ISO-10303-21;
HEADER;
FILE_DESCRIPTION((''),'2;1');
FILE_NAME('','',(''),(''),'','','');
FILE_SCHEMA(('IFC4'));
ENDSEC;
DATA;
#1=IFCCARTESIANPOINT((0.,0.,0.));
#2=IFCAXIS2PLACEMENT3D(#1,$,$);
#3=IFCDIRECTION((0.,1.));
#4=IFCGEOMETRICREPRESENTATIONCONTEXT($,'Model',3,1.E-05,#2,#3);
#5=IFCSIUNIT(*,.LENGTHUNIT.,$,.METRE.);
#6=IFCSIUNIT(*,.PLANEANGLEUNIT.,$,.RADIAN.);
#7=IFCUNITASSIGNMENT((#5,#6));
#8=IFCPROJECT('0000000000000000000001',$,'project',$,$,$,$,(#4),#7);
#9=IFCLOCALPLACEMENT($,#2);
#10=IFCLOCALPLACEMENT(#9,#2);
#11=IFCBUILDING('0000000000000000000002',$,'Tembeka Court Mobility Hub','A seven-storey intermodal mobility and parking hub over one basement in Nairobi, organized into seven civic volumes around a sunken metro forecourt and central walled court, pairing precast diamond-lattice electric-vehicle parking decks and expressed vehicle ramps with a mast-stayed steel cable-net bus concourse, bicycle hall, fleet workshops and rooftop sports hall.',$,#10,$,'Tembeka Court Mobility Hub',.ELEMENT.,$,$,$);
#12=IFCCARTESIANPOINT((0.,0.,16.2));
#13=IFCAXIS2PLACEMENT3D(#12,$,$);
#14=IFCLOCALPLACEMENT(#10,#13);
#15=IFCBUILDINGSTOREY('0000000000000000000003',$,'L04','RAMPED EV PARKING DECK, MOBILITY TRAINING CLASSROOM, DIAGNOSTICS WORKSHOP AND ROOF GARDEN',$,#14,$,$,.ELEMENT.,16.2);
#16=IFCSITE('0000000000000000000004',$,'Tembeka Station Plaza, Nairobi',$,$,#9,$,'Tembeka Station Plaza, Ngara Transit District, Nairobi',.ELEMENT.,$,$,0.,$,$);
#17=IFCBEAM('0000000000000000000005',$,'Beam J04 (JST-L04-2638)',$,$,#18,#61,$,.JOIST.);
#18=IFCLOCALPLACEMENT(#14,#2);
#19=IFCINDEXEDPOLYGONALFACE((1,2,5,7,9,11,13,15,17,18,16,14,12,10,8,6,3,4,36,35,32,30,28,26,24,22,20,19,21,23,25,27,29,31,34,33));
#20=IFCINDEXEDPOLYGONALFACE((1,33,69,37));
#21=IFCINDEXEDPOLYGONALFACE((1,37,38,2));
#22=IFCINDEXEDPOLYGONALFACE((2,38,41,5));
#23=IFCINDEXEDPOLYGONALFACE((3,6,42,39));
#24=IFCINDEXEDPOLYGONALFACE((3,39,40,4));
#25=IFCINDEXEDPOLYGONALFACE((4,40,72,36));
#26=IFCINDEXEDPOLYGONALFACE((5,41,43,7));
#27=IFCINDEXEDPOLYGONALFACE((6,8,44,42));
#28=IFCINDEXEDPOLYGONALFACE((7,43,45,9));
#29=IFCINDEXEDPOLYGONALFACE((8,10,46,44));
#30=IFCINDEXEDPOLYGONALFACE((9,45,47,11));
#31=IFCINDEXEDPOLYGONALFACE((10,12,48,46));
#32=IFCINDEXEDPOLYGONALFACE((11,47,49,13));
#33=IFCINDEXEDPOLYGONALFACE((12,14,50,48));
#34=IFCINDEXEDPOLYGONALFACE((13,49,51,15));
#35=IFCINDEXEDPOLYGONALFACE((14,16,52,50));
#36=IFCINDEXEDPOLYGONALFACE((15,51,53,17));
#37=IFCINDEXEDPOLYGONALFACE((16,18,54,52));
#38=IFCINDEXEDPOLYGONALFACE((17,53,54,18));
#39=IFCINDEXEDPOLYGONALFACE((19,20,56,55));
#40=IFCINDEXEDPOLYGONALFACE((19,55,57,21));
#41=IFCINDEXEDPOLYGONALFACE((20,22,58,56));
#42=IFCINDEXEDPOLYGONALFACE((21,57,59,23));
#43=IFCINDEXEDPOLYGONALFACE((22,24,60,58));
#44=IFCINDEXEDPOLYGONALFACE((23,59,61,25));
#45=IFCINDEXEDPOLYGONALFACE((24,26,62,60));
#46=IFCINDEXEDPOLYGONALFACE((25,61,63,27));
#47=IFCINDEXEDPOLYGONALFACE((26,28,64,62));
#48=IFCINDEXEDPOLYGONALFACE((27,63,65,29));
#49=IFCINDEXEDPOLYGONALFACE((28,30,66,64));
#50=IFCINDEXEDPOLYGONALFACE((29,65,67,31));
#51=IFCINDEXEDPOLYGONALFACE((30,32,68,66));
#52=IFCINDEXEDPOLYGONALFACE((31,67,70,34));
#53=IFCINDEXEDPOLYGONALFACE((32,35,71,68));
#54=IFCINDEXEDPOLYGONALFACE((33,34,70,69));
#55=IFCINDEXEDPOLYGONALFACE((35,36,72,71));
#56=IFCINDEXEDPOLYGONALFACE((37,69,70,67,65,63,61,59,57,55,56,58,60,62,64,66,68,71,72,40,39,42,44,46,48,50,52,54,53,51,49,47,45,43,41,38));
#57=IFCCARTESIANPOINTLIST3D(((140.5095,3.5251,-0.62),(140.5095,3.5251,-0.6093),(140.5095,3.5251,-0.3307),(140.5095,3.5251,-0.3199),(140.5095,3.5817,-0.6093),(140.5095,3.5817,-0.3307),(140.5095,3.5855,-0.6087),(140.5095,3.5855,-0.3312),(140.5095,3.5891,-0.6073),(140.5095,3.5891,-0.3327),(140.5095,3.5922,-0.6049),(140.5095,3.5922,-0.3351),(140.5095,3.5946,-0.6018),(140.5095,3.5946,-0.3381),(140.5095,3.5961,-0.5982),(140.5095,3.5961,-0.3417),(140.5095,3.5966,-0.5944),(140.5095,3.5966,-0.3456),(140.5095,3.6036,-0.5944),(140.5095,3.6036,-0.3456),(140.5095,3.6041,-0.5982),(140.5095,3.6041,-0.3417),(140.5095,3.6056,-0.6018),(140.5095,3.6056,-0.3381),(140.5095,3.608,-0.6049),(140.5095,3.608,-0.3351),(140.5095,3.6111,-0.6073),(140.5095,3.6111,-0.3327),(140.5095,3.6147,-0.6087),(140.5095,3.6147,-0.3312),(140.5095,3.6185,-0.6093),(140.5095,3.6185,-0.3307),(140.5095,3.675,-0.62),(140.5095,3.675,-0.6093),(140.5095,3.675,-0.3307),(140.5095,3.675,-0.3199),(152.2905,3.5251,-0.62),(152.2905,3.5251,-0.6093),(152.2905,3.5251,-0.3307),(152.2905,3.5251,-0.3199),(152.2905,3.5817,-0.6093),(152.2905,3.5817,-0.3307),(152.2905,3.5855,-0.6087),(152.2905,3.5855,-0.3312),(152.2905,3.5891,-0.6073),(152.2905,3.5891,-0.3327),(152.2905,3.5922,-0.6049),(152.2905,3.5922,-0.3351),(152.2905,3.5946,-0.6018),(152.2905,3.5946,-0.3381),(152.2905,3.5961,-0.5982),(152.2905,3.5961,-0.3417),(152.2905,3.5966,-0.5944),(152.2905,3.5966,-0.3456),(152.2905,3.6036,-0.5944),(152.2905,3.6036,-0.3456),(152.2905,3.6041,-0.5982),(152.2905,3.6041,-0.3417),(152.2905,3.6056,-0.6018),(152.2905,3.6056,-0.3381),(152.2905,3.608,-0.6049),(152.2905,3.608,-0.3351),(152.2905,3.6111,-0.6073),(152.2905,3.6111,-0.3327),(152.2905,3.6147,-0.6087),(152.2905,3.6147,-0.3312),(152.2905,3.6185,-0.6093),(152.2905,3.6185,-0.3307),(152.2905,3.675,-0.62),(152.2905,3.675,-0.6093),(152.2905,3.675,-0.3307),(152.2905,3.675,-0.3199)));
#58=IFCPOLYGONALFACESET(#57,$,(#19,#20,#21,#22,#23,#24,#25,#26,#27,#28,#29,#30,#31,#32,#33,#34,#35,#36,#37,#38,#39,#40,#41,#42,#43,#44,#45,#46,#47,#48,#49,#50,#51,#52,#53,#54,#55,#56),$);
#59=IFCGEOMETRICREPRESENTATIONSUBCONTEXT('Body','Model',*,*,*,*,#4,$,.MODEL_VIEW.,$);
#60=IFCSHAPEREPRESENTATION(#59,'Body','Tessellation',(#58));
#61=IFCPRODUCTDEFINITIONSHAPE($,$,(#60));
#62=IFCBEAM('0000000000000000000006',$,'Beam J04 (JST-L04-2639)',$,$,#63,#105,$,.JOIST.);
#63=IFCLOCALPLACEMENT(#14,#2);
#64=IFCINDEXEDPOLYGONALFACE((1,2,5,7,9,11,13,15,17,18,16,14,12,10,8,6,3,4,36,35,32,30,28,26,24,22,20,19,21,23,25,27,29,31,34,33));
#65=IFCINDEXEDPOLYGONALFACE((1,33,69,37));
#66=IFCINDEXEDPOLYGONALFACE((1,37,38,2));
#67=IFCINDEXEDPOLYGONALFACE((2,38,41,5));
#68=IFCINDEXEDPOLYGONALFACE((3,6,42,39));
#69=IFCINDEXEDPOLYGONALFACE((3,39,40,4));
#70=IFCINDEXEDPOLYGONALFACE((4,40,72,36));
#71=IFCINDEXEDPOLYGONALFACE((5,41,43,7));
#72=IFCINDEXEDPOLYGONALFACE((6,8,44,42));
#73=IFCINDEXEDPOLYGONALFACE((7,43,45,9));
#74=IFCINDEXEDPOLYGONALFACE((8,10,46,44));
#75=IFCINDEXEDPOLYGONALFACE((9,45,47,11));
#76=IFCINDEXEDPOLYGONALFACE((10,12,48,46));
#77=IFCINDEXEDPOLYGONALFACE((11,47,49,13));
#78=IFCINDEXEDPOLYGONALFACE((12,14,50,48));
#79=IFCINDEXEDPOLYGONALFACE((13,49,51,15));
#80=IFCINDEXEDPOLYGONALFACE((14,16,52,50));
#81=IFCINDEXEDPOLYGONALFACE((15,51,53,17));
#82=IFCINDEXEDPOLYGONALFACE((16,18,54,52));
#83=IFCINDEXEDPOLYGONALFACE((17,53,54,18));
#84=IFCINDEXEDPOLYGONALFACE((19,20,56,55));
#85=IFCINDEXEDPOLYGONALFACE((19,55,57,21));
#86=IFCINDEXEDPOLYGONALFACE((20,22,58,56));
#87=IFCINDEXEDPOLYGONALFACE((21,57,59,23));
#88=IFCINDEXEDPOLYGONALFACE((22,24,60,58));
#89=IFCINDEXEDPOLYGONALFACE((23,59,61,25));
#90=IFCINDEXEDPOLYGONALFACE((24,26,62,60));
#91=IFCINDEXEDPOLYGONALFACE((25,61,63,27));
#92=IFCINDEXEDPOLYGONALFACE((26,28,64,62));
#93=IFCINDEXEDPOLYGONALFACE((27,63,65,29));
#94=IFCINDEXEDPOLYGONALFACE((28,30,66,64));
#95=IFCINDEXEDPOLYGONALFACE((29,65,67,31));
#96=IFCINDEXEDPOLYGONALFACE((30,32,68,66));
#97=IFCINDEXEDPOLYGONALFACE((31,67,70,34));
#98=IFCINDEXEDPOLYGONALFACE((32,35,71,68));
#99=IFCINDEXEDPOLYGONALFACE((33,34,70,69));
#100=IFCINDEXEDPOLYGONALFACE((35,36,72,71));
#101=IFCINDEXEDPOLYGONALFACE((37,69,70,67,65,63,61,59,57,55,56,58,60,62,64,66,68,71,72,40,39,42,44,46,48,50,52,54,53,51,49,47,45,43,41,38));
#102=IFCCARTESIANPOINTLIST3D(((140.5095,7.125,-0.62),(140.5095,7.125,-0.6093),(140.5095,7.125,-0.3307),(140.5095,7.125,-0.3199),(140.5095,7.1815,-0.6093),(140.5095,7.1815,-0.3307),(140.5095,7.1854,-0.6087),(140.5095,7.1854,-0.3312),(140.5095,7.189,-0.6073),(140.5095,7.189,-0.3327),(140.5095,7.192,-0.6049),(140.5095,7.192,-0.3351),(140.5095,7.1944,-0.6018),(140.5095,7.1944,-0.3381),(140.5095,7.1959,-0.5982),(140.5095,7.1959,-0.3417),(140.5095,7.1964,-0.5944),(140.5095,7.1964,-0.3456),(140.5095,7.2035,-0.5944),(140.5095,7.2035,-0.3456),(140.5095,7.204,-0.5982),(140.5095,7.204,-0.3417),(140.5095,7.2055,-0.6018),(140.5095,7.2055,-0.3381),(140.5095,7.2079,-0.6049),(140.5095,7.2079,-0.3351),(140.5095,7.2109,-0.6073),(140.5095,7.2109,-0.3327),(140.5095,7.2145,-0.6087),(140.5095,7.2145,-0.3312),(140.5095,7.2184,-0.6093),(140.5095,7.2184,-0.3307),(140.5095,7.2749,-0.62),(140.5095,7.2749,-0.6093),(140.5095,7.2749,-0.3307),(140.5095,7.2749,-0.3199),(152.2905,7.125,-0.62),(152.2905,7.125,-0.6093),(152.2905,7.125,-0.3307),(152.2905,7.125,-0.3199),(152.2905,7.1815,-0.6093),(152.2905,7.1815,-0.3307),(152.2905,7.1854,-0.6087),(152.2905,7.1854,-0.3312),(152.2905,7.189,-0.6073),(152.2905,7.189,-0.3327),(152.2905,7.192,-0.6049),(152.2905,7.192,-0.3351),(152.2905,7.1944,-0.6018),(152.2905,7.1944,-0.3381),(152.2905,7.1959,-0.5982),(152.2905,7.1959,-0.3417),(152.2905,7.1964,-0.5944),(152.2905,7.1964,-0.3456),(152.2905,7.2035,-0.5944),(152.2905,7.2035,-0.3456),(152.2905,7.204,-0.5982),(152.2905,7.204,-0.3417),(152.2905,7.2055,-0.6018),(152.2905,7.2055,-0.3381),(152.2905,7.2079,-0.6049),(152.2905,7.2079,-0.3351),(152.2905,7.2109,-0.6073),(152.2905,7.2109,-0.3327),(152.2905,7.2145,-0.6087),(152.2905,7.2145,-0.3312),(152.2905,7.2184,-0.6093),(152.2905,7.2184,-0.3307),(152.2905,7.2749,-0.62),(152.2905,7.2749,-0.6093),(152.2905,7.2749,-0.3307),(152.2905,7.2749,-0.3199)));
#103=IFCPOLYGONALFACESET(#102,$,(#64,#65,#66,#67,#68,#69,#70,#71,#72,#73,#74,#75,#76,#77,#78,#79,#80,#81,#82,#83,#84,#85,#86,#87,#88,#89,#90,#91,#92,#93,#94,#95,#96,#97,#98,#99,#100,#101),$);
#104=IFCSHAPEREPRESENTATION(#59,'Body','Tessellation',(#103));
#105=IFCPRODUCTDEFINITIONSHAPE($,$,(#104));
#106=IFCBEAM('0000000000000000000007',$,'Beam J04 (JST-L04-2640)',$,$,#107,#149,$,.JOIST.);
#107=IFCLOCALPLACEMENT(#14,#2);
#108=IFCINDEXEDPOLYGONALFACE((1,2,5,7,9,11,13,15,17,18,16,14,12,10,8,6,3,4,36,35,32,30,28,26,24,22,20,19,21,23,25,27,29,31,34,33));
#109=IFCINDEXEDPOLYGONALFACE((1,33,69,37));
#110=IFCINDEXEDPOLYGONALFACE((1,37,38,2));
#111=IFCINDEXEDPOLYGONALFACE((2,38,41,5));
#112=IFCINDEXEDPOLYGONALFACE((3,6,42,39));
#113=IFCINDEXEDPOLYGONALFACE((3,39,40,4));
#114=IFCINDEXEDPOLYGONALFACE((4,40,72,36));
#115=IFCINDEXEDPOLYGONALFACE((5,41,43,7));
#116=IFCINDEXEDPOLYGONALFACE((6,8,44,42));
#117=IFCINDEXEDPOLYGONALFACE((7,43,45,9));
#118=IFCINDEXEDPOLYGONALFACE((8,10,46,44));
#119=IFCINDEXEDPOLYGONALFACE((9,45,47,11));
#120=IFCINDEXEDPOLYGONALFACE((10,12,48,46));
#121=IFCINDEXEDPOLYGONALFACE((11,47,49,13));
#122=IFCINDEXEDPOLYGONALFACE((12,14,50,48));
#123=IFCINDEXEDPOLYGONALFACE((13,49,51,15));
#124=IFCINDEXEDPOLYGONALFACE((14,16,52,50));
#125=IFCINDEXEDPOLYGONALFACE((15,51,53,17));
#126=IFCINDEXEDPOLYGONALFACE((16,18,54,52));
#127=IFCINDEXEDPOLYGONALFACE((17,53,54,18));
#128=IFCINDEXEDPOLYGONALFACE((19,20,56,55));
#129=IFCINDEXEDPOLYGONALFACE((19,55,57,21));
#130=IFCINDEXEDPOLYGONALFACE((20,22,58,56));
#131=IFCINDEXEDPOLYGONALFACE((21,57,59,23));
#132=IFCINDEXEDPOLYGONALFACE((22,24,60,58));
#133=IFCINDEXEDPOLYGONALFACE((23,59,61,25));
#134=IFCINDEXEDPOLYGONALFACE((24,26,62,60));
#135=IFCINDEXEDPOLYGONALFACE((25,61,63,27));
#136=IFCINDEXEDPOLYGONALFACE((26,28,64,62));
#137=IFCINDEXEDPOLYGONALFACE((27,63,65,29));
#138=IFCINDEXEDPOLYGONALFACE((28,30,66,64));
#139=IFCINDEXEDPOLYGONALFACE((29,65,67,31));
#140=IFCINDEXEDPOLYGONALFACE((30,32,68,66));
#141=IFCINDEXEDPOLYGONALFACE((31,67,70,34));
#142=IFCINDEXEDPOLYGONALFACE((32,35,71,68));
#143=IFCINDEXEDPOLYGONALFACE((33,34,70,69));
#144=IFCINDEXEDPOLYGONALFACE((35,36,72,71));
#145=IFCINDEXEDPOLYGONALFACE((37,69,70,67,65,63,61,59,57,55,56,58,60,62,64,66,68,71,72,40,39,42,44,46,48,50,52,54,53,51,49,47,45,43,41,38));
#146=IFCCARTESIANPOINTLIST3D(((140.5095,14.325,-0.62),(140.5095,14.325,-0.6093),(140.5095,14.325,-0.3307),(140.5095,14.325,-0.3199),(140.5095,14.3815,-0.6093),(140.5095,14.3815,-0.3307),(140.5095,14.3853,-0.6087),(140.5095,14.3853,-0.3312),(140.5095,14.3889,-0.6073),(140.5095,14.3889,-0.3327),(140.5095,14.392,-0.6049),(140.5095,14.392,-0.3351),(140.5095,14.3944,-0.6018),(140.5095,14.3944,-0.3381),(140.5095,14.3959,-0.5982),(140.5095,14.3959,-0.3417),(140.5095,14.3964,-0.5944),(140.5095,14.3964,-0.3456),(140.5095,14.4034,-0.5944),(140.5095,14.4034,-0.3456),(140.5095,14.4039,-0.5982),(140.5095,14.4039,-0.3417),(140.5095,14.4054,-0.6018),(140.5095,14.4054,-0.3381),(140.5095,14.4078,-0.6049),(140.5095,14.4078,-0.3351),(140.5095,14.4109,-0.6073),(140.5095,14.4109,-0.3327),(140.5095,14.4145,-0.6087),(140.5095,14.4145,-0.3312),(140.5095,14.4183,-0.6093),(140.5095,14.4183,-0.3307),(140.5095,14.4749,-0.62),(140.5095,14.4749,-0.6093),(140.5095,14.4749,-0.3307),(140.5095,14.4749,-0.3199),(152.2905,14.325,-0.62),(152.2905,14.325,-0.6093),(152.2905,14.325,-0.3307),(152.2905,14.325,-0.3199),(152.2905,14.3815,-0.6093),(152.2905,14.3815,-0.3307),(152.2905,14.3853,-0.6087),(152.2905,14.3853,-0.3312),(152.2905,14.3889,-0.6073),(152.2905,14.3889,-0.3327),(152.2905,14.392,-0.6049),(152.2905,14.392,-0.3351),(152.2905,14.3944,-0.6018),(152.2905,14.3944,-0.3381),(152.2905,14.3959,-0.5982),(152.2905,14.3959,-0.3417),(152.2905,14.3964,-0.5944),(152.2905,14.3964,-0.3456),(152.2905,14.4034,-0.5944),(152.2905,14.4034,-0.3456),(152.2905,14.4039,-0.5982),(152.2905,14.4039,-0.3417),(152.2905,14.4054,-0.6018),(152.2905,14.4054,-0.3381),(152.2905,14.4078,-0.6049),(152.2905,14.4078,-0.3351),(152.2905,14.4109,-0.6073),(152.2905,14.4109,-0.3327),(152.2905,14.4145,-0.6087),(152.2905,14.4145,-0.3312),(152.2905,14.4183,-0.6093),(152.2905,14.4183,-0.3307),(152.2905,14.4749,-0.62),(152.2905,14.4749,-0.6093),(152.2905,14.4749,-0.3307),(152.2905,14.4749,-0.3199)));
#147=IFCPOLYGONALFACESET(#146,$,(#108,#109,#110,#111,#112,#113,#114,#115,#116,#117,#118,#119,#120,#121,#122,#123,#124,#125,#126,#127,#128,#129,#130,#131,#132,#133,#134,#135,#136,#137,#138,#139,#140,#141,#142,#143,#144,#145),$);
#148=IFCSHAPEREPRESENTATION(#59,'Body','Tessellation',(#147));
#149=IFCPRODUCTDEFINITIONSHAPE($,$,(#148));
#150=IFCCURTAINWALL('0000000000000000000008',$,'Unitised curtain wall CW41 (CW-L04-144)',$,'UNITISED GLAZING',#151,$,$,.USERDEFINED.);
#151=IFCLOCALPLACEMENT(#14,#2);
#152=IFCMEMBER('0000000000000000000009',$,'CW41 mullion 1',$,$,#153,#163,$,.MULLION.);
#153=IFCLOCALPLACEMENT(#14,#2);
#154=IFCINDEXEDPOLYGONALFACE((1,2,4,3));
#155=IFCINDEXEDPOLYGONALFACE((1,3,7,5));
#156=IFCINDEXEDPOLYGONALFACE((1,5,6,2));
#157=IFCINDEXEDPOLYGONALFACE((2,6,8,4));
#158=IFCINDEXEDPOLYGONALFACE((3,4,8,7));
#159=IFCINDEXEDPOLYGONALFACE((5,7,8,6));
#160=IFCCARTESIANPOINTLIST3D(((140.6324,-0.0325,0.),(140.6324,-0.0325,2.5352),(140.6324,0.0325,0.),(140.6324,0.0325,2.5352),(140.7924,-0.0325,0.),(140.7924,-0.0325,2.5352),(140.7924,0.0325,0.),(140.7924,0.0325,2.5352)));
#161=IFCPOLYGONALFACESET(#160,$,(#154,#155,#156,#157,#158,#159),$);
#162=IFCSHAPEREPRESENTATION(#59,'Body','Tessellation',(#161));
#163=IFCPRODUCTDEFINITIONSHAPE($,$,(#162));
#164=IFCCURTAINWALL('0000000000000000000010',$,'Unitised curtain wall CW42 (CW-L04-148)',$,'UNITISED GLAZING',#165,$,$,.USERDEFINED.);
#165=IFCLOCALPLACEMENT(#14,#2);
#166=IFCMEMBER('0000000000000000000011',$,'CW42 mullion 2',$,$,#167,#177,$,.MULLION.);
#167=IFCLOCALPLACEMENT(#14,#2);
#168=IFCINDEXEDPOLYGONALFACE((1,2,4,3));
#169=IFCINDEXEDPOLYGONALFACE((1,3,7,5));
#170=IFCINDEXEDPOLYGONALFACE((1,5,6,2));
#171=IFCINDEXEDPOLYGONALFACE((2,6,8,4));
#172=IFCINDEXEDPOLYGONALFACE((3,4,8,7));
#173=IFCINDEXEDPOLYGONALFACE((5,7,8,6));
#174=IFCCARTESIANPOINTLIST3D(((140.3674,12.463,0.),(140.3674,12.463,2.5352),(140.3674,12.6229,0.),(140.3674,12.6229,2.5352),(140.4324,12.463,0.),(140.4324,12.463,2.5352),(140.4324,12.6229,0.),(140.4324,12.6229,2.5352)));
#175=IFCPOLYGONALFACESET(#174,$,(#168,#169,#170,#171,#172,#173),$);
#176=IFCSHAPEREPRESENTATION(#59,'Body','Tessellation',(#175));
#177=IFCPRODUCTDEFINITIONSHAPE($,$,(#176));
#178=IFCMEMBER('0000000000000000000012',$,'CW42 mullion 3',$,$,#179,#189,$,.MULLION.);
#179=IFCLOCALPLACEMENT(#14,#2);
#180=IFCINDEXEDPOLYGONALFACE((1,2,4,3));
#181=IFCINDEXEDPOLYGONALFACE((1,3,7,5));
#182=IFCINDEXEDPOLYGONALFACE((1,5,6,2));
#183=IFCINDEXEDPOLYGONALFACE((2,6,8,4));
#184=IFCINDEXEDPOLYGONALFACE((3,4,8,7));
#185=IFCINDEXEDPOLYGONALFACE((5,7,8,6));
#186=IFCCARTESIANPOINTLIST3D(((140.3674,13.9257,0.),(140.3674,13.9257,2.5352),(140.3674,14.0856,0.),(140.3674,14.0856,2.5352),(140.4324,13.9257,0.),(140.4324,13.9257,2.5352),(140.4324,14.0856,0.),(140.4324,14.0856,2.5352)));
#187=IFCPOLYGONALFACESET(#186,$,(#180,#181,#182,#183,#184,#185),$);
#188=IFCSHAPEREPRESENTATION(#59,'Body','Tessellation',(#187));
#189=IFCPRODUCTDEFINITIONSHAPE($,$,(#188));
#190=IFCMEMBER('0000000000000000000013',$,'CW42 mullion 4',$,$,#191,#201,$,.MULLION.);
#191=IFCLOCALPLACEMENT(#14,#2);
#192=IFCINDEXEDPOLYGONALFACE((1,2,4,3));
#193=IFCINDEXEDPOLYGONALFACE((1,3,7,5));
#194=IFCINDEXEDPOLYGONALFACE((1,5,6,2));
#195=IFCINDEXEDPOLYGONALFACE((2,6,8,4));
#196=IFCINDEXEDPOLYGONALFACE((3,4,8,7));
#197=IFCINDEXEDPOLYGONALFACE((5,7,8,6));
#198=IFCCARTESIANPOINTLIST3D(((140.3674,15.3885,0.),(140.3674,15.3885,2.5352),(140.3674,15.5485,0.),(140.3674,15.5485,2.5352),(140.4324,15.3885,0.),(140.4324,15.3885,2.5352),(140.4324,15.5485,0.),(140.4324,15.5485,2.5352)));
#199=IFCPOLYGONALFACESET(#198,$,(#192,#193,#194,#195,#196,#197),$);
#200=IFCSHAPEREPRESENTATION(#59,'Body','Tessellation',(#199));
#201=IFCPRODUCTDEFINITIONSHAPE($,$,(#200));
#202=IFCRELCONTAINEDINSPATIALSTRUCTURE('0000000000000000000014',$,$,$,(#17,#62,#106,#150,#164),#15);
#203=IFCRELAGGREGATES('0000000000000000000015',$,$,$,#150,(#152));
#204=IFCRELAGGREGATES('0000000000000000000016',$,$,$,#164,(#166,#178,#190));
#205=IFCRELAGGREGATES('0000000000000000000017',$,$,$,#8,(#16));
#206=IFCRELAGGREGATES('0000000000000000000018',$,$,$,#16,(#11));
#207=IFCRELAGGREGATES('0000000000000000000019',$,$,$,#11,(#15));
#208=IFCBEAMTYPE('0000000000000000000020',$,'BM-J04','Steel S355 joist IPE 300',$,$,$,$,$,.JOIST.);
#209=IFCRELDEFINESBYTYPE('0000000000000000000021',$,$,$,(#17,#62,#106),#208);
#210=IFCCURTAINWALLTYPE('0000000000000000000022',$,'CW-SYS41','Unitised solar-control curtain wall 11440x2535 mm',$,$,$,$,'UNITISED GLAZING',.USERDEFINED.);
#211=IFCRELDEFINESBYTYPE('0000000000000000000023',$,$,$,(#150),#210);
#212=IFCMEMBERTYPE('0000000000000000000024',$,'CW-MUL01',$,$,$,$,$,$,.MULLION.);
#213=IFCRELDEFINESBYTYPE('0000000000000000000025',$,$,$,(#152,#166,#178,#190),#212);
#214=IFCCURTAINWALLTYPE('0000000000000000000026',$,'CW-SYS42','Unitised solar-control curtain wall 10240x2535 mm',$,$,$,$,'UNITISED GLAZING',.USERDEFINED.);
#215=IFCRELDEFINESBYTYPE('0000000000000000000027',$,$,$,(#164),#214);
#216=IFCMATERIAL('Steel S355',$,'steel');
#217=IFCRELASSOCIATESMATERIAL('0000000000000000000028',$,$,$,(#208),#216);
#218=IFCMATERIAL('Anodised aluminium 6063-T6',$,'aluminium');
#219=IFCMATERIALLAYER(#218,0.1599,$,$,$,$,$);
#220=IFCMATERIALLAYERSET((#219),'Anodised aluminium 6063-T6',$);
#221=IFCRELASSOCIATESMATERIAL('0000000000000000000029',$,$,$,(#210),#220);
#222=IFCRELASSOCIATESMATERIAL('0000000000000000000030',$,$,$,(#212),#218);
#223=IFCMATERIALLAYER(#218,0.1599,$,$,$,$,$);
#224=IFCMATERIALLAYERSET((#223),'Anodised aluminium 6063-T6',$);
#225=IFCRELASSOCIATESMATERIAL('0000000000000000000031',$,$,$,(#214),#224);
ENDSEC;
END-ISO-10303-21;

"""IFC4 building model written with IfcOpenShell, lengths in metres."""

from ifc_helpers import new_model, si_unit, direction, frame, origin, origin_2d, place, context, subcontext, project, spatial, rectangle, i_section, extrude, material, layer, layer_set, material_profile, profile_set, type_object, element, aggregate, save


model = new_model("IFC4")

# Units and contexts
model_context = context("Model", 3, precision=1e-05, world=origin(), true_north=direction((0.0, 1.0)))
body_context = subcontext(model_context, "Body", "Model", "MODEL_VIEW")
ifc_project = project(units=[si_unit("LENGTHUNIT", "METRE"), si_unit("PLANEANGLEUNIT", "RADIAN")], contexts=[model_context])

# Site, building, storey
site_placement = place(None, origin())
site = spatial("IfcSite", under=ifc_project, at=site_placement, Name="Tembeka Station Plaza, Nairobi", LongName="Tembeka Station Plaza, Ngara Transit District, Nairobi", CompositionType="ELEMENT", RefElevation=0.0)
building_placement = place(site_placement, origin())
building = spatial("IfcBuilding", under=site, at=building_placement, Name="Tembeka Court Mobility Hub", Description="A seven-storey intermodal mobility and parking hub over one basement in Nairobi, organized into seven civic volumes around a sunken metro forecourt and central walled court, pairing precast diamond-lattice electric-vehicle parking decks and expressed vehicle ramps with a mast-stayed steel cable-net bus concourse, bicycle hall, fleet workshops and rooftop sports hall.", LongName="Tembeka Court Mobility Hub", CompositionType="ELEMENT")
storey_placement = place(building_placement, frame((0.0, 0.0, 16.2)))
storey = spatial("IfcBuildingStorey", under=building, at=storey_placement, Name="L04", Description="RAMPED EV PARKING DECK, MOBILITY TRAINING CLASSROOM, DIAGNOSTICS WORKSHOP AND ROOF GARDEN", CompositionType="ELEMENT", Elevation=16.2)

# Beams
ifc_material_1 = material(Name="Steel S355", Category="steel")
ifc_material_profile_1 = material_profile(ifc_material_1, i_section(OverallWidth=0.1499, OverallDepth=0.3, WebThickness=0.0071, FlangeThickness=0.0107, FilletRadius=0.0149, at=origin_2d()), Name="IPE 300")
ifc_profile_set_1 = profile_set([ifc_material_profile_1], Name="Steel S355")
beam_type = type_object("IfcBeamType", Name="BM-J04", Description="Steel S355 joist IPE 300", PredefinedType="JOIST", material=ifc_profile_set_1)
for number, where, z_axis, x_axis, name in (
    (1, (140.5095, 3.6001, -0.47), (1.0, 0.0, 0.0), (0.0, 1.0, 0.0), "Beam J04 (JST-L04-2638)"),
    (2, (140.5095, 7.2, -0.47), (1.0, 0.0, 0.0), (0.0, 1.0, 0.0), "Beam J04 (JST-L04-2639)"),
    (3, (140.5095, 14.3999, -0.47), (1.0, 0.0, 0.0), (0.0, 1.0, 0.0), "Beam J04 (JST-L04-2640)"),
):
    element("IfcBeam", number, at=place(storey_placement, frame(where, z_axis=z_axis, x_axis=x_axis)), inside=storey, type_object=beam_type, Name=name, PredefinedType="JOIST", context=body_context, shape_type="SweptSolid", body=[
        extrude(i_section(OverallWidth=0.1499, OverallDepth=0.3, WebThickness=0.0071, FlangeThickness=0.0107, FilletRadius=0.0149, at=origin_2d()), origin(), (0.0, 0.0, 1.0), 11.781),
    ])

# Curtain wall, member
ifc_material_2 = material(Name="Anodised aluminium 6063-T6", Category="aluminium")
ifc_layer_1 = layer(ifc_material_2, 0.1599)
ifc_layer_set_1 = layer_set([ifc_layer_1], Name="Anodised aluminium 6063-T6")
curtain_wall_type_1 = type_object("IfcCurtainWallType", Name="CW-SYS41", Description="Unitised solar-control curtain wall 11440x2535 mm", ElementType="UNITISED GLAZING", PredefinedType="USERDEFINED", material=ifc_layer_set_1)
curtain_wall_1_placement = place(storey_placement, origin())
curtain_wall_1 = element("IfcCurtainWall", 4, at=curtain_wall_1_placement, inside=storey, type_object=curtain_wall_type_1, Name="Unitised curtain wall CW41 (CW-L04-144)", ObjectType="UNITISED GLAZING", PredefinedType="USERDEFINED")
ifc_material_profile_2 = material_profile(ifc_material_2, rectangle(XDim=0.0649, YDim=0.1599, at=origin_2d()), Name="ALU-MUL 65x160")
ifc_profile_set_2 = profile_set([ifc_material_profile_2], Name="Anodised aluminium 6063-T6")
member_type_1 = type_object("IfcMemberType", Name="CW-MUL01", PredefinedType="MULLION", material=ifc_profile_set_2)
member_1_placement = place(storey_placement, frame((140.7124, 0.0, 0.0), z_axis=(0.0, 0.0, 1.0), x_axis=(0.0, 1.0, 0.0)))
member_1 = element("IfcMember", 5, at=member_1_placement, type_object=member_type_1, Name="CW41 mullion 1", PredefinedType="MULLION", context=body_context, shape_type="SweptSolid", body=[
    extrude(rectangle(XDim=0.0649, YDim=0.1599, at=origin_2d()), origin(), (0.0, 0.0, 1.0), 2.5352),
])

# Curtain wall, members
ifc_layer_2 = layer(ifc_material_2, 0.1599)
ifc_layer_set_2 = layer_set([ifc_layer_2], Name="Anodised aluminium 6063-T6")
curtain_wall_type_2 = type_object("IfcCurtainWallType", Name="CW-SYS42", Description="Unitised solar-control curtain wall 10240x2535 mm", ElementType="UNITISED GLAZING", PredefinedType="USERDEFINED", material=ifc_layer_set_2)
curtain_wall_2_placement = place(storey_placement, origin())
curtain_wall_2 = element("IfcCurtainWall", 6, at=curtain_wall_2_placement, inside=storey, type_object=curtain_wall_type_2, Name="Unitised curtain wall CW42 (CW-L04-148)", ObjectType="UNITISED GLAZING", PredefinedType="USERDEFINED")
member_2_placement = place(storey_placement, frame((140.3999, 12.543, 0.0), z_axis=(0.0, 0.0, 1.0), x_axis=(-1.0, 0.0, 0.0)))
member_2 = element("IfcMember", 7, at=member_2_placement, type_object=member_type_1, Name="CW42 mullion 2", PredefinedType="MULLION", context=body_context, shape_type="SweptSolid", body=[
    extrude(rectangle(XDim=0.0649, YDim=0.1599, at=origin_2d()), origin(), (0.0, 0.0, 1.0), 2.5352),
])
member_3_placement = place(storey_placement, frame((140.3999, 14.0056, 0.0), z_axis=(0.0, 0.0, 1.0), x_axis=(-1.0, 0.0, 0.0)))
member_3 = element("IfcMember", 8, at=member_3_placement, type_object=member_type_1, Name="CW42 mullion 3", PredefinedType="MULLION", context=body_context, shape_type="SweptSolid", body=[
    extrude(rectangle(XDim=0.0649, YDim=0.1599, at=origin_2d()), origin(), (0.0, 0.0, 1.0), 2.5352),
])
member_4_placement = place(storey_placement, frame((140.3999, 15.4685, 0.0), z_axis=(0.0, 0.0, 1.0), x_axis=(-1.0, 0.0, 0.0)))
member_4 = element("IfcMember", 9, at=member_4_placement, type_object=member_type_1, Name="CW42 mullion 4", PredefinedType="MULLION", context=body_context, shape_type="SweptSolid", body=[
    extrude(rectangle(XDim=0.0649, YDim=0.1599, at=origin_2d()), origin(), (0.0, 0.0, 1.0), 2.5352),
])

aggregate(curtain_wall_1, [member_1])
aggregate(curtain_wall_2, [member_2, member_3, member_4])

save(model, "model.ifc")
